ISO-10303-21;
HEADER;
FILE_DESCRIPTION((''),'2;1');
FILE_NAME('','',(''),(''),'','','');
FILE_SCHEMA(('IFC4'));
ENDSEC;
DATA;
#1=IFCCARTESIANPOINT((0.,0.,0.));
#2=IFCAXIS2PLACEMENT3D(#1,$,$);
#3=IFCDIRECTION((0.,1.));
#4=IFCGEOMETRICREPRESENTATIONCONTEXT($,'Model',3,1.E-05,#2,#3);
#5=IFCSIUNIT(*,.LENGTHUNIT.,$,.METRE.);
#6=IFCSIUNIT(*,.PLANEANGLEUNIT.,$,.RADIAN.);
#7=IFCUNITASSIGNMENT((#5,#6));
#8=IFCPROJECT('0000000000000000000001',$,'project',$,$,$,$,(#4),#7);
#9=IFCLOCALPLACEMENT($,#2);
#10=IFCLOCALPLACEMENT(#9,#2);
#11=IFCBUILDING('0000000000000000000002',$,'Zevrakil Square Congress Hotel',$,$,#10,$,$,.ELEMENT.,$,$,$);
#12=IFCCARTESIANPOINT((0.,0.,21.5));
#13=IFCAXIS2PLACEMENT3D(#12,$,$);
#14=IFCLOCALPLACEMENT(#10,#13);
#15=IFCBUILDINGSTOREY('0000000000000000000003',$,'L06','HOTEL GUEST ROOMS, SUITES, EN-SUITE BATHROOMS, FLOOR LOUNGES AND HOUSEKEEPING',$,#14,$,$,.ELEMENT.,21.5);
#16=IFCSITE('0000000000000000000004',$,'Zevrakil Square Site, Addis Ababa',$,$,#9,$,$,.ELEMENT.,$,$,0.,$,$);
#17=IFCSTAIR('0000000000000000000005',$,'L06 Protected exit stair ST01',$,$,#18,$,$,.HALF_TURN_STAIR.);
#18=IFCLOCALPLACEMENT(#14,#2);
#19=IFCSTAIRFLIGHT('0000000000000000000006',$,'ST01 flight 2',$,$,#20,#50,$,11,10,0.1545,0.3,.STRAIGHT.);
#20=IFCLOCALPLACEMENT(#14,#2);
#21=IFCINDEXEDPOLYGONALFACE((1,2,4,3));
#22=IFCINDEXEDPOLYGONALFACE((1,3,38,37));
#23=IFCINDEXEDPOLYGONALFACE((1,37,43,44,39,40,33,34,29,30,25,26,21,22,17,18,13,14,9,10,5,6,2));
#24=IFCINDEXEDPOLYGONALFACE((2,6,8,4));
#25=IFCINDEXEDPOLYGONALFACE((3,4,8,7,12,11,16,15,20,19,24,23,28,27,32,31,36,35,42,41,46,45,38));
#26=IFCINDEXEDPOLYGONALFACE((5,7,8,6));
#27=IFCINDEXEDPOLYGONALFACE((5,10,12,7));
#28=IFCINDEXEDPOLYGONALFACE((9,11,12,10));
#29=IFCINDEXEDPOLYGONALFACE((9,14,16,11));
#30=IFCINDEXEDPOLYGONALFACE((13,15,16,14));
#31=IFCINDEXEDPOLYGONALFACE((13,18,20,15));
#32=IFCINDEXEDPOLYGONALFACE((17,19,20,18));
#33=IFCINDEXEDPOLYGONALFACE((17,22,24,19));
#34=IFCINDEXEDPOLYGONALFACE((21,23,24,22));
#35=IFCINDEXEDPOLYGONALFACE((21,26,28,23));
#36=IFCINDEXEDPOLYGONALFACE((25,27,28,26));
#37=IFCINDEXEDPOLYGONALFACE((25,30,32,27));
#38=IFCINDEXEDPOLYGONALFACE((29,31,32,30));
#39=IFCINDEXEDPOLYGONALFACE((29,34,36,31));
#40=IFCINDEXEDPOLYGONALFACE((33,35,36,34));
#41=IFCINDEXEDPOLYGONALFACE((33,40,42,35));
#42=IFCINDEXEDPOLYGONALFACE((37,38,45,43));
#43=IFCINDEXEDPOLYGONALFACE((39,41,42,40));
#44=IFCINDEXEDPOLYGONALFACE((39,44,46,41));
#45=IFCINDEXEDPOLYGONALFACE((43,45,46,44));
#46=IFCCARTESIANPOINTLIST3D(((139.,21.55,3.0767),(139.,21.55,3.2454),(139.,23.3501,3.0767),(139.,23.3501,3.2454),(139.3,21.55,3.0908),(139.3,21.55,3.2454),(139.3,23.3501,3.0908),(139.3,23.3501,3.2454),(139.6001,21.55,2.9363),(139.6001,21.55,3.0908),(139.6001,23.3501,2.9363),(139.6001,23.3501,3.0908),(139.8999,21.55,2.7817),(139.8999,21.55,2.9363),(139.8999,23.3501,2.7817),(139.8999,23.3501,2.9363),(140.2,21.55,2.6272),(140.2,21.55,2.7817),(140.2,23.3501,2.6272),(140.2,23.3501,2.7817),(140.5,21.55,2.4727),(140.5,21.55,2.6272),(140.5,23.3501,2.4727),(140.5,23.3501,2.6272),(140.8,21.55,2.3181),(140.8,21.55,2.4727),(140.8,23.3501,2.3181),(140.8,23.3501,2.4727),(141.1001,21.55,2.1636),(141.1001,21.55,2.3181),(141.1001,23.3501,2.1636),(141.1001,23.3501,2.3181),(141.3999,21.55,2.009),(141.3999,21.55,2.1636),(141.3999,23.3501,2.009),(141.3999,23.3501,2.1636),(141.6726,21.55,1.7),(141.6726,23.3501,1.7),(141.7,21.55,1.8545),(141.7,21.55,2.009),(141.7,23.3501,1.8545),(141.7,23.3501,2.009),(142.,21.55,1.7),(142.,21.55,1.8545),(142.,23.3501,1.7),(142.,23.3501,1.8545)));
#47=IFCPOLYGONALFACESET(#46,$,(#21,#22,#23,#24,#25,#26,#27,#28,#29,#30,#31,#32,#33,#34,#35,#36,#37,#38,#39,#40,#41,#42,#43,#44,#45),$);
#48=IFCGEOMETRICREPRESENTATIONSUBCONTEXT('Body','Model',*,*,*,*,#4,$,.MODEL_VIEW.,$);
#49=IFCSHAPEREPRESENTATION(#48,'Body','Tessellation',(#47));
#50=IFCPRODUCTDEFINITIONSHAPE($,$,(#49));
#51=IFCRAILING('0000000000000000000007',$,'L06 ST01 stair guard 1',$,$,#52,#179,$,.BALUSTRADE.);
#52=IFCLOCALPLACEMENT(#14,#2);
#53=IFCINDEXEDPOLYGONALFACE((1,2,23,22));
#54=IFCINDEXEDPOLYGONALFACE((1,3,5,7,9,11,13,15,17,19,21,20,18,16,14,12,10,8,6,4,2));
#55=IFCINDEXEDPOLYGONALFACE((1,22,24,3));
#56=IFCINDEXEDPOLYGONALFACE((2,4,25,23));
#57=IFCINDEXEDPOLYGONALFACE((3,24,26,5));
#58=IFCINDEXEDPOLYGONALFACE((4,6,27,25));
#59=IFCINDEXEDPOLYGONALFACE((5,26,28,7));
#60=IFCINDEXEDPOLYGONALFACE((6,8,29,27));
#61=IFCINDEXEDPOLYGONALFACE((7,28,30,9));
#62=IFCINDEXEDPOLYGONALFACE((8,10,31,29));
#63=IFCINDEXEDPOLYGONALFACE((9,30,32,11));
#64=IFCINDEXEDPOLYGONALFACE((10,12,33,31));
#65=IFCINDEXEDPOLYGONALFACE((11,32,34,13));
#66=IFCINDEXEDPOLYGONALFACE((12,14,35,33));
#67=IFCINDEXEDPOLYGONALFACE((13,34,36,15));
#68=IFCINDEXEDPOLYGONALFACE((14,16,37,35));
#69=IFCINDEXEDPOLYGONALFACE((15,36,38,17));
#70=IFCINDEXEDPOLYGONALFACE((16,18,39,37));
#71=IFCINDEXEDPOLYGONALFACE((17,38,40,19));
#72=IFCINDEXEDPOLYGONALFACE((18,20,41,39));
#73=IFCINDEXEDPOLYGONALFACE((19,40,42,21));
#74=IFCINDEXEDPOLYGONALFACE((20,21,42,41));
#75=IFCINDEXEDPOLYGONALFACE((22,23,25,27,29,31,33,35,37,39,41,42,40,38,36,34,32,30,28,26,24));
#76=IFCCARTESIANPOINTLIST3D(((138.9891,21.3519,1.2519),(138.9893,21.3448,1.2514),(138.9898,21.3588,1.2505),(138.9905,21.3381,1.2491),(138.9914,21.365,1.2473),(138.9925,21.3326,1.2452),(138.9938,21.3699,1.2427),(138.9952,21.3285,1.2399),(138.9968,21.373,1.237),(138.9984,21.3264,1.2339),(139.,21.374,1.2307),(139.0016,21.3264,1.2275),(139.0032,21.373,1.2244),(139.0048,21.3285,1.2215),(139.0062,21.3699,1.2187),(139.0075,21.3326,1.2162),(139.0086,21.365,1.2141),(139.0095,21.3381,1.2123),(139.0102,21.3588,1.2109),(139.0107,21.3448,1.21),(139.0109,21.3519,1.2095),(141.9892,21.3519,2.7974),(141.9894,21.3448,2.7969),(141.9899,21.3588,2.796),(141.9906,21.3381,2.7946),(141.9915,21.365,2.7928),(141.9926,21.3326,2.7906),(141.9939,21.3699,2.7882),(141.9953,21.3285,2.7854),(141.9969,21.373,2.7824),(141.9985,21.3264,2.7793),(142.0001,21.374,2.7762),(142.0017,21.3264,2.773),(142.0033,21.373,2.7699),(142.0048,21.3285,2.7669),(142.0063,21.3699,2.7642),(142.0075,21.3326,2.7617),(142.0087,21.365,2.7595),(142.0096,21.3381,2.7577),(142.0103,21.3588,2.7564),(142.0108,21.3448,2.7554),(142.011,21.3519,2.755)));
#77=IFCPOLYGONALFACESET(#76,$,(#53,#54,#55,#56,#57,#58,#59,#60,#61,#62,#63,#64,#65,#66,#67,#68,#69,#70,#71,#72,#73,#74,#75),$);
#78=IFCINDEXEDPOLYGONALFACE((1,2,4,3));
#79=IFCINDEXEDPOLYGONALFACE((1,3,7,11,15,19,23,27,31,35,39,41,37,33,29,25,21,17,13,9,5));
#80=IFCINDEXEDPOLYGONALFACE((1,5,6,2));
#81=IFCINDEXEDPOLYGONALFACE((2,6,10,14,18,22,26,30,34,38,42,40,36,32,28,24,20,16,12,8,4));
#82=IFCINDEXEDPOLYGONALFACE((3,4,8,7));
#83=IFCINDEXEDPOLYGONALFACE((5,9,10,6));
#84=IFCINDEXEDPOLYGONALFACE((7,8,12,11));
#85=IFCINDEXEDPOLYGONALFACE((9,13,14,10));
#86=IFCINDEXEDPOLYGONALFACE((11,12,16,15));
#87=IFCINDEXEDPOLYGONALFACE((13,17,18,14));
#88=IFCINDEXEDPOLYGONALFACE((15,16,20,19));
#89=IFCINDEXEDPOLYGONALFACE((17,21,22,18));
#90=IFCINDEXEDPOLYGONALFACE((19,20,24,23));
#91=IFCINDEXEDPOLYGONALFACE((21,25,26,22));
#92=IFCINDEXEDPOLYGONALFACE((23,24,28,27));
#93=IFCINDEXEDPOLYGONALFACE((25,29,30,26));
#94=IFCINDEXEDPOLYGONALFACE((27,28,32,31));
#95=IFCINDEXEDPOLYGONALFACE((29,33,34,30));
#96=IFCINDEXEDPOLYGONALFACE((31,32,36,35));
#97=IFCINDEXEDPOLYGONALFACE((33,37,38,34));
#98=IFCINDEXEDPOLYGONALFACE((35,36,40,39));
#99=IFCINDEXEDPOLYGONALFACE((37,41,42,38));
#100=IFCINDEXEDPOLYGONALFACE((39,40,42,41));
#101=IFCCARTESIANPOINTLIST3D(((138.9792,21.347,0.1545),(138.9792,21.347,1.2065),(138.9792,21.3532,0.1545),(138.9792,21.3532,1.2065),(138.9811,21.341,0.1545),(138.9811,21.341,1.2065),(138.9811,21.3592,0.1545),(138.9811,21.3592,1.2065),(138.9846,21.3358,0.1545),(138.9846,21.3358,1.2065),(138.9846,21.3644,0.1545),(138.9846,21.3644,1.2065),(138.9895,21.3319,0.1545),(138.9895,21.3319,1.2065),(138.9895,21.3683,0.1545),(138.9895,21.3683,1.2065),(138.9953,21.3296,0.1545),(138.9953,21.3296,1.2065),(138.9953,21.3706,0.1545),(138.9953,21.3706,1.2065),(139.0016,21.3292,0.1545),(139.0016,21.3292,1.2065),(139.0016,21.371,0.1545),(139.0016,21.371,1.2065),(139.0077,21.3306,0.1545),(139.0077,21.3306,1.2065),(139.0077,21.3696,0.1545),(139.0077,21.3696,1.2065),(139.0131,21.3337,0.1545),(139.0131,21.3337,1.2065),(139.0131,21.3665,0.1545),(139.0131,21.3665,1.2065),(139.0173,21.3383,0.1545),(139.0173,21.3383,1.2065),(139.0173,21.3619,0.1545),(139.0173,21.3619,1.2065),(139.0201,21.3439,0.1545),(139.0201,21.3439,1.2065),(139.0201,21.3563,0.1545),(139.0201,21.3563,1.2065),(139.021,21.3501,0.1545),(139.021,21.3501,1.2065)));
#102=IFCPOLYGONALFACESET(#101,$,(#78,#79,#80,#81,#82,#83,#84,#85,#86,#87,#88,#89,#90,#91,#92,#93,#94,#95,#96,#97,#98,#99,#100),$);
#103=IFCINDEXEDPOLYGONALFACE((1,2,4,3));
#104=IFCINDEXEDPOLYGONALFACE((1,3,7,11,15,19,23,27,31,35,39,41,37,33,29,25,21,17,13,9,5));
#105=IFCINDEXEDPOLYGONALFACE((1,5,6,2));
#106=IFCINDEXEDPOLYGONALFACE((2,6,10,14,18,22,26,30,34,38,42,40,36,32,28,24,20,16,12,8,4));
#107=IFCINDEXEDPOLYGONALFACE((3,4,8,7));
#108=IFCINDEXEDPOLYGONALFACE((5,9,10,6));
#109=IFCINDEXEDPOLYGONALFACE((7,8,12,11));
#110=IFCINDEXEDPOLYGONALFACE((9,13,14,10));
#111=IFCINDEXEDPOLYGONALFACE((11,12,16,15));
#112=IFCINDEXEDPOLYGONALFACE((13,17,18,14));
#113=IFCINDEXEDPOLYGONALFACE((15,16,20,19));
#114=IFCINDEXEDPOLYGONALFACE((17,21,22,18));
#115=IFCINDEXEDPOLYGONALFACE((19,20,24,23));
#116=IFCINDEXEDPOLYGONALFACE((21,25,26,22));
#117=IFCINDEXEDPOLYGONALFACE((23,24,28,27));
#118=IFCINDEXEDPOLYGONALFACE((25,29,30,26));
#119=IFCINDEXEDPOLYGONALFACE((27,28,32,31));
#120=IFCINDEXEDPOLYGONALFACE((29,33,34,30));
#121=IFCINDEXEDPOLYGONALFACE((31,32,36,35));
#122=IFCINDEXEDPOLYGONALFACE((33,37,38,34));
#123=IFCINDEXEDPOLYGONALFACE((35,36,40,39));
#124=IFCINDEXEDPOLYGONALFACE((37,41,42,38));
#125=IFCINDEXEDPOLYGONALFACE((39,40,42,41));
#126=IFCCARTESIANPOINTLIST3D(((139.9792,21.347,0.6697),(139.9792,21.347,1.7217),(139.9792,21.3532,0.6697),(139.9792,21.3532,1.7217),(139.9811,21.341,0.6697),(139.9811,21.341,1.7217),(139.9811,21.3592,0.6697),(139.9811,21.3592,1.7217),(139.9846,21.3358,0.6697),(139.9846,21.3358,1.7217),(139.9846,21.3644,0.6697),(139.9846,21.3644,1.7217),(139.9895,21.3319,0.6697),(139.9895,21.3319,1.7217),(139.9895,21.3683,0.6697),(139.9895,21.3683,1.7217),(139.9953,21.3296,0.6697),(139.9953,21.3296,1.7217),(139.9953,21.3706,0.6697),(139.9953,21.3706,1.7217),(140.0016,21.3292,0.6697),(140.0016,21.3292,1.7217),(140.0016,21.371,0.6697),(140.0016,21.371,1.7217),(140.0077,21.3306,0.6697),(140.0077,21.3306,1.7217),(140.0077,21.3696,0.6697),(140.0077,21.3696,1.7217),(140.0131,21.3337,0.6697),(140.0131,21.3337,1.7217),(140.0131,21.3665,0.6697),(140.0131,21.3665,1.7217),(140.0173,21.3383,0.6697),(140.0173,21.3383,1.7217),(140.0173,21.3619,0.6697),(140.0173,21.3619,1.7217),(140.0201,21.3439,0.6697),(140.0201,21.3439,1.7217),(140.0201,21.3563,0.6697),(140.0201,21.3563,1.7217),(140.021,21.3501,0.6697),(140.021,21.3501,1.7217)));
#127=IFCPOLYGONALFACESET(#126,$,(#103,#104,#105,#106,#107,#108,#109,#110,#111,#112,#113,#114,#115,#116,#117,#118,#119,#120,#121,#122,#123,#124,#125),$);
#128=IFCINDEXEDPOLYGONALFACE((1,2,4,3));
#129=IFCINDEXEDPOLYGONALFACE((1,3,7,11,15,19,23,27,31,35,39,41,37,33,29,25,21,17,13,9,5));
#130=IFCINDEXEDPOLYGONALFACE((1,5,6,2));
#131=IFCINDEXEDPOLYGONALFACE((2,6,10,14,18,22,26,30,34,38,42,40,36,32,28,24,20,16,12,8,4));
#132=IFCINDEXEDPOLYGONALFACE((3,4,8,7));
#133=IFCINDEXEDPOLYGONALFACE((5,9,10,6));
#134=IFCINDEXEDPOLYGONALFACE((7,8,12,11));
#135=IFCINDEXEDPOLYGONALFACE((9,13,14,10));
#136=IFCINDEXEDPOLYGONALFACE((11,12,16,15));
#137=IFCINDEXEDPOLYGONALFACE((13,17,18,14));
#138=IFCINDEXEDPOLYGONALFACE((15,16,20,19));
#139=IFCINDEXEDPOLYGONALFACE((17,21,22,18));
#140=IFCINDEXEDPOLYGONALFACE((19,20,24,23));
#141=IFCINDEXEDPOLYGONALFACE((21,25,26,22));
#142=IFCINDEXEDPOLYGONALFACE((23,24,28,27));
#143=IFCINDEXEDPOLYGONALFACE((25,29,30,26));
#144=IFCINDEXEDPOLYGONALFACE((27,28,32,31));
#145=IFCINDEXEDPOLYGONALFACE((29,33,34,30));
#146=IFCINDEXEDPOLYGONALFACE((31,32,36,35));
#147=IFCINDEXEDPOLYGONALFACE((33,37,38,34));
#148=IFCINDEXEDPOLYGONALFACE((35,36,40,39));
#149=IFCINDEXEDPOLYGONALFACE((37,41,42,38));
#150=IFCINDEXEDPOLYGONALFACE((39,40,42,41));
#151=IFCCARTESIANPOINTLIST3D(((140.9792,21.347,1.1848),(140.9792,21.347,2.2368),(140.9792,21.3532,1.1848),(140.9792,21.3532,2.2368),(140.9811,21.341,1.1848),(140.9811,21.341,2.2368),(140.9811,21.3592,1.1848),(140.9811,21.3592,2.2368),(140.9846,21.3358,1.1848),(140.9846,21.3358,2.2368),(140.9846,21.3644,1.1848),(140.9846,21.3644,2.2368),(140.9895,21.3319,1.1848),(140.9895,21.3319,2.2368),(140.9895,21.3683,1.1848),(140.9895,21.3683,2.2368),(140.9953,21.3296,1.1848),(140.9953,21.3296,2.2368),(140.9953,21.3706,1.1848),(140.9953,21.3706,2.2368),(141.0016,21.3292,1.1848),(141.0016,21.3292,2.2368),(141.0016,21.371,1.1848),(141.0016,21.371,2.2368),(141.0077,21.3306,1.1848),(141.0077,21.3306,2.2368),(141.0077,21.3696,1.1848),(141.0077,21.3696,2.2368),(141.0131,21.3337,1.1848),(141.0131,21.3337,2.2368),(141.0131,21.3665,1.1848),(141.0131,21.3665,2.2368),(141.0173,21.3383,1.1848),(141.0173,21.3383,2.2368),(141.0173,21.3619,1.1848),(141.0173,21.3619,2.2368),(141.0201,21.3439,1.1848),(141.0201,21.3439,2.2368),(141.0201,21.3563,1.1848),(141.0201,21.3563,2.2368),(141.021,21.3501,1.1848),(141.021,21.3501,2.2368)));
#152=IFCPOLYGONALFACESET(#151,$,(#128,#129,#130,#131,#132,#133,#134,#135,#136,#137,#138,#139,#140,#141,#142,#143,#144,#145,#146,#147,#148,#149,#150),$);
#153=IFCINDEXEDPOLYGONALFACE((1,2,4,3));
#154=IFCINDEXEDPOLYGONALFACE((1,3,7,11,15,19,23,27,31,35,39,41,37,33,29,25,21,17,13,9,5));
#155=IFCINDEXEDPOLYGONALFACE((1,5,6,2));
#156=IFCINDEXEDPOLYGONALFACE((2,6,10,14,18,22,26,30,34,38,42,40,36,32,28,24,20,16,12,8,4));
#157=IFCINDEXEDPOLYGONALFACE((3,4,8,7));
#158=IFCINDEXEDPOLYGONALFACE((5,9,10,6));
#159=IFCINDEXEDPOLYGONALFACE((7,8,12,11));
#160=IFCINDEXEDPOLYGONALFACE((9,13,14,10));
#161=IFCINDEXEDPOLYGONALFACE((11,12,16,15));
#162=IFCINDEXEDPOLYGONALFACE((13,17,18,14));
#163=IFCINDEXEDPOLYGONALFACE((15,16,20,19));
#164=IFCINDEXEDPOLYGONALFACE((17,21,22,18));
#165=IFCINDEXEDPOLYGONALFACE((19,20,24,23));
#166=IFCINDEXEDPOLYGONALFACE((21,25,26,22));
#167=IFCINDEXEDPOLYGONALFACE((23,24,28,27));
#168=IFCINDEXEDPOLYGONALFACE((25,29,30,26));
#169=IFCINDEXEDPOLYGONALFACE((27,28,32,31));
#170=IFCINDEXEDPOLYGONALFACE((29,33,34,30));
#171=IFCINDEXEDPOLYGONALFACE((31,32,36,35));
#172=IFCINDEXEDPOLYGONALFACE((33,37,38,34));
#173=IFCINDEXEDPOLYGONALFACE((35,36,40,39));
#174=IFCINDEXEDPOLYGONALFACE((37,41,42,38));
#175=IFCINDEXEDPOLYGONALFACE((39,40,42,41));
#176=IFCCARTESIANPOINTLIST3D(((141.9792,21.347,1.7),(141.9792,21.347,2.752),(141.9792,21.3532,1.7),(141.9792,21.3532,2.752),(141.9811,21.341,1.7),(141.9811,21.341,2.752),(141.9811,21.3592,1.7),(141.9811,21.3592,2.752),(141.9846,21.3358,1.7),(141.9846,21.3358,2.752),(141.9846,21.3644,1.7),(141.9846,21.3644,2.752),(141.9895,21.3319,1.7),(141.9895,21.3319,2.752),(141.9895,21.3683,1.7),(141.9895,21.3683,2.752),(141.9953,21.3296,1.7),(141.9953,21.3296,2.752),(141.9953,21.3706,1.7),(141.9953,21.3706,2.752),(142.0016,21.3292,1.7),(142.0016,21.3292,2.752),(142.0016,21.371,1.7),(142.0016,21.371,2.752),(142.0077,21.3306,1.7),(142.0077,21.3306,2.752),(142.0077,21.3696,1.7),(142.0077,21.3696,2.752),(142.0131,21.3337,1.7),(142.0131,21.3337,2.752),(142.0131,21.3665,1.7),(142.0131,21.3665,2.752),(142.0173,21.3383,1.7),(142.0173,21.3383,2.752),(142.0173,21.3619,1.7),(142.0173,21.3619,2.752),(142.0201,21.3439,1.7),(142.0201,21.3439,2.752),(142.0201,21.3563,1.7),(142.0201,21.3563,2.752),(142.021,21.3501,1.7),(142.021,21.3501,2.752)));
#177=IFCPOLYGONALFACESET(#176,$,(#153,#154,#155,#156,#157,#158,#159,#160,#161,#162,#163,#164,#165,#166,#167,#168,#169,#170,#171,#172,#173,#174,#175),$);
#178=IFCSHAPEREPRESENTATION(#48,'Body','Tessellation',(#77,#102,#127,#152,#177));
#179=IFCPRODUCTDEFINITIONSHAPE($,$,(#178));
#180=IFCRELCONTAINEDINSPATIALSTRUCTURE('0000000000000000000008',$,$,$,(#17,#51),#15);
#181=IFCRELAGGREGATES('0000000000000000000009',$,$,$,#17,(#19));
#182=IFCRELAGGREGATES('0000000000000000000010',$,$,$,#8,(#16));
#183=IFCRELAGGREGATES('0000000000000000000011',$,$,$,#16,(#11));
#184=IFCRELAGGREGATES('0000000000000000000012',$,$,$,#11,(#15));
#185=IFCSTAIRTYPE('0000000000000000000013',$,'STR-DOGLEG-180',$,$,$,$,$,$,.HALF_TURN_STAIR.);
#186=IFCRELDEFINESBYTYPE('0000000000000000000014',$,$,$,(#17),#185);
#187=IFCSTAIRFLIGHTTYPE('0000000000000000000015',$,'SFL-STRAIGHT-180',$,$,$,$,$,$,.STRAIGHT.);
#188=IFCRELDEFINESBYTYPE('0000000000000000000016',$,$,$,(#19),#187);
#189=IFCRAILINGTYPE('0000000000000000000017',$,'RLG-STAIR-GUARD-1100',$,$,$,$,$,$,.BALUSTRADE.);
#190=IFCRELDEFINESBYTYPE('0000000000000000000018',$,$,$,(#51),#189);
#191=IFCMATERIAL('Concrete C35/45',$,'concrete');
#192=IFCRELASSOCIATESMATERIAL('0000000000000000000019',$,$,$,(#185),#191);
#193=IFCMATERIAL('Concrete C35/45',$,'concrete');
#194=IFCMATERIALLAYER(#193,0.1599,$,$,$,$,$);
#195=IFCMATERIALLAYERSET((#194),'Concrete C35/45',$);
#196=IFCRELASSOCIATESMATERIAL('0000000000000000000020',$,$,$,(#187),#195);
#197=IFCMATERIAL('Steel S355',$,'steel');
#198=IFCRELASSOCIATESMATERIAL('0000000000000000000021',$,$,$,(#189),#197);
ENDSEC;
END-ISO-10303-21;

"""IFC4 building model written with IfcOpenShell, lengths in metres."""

from ifc_helpers import new_model, si_unit, direction, frame, origin, origin_2d, place, context, subcontext, project, spatial, polyline, circle, outline, extrude, material, layer, layer_set, type_object, element, aggregate, save


model = new_model("IFC4")

# Units and contexts
model_context = context("Model", 3, precision=1e-05, world=origin(), true_north=direction((0.0, 1.0)))
body_context = subcontext(model_context, "Body", "Model", "MODEL_VIEW")
ifc_project = project(units=[si_unit("LENGTHUNIT", "METRE"), si_unit("PLANEANGLEUNIT", "RADIAN")], contexts=[model_context])

# Site, building, storey
site_placement = place(None, origin())
site = spatial("IfcSite", under=ifc_project, at=site_placement, Name="Zevrakil Square Site, Addis Ababa", CompositionType="ELEMENT", RefElevation=0.0)
building_placement = place(site_placement, origin())
building = spatial("IfcBuilding", under=site, at=building_placement, Name="Zevrakil Square Congress Hotel", CompositionType="ELEMENT")
storey_placement = place(building_placement, frame((0.0, 0.0, 21.5)))
storey = spatial("IfcBuildingStorey", under=building, at=storey_placement, Name="L06", Description="HOTEL GUEST ROOMS, SUITES, EN-SUITE BATHROOMS, FLOOR LOUNGES AND HOUSEKEEPING", CompositionType="ELEMENT", Elevation=21.5)

# Stair, stair flight
ifc_material_1 = material(Name="Concrete C35/45", Category="concrete")
stair_type = type_object("IfcStairType", Name="STR-DOGLEG-180", PredefinedType="HALF_TURN_STAIR", material=ifc_material_1)
stair_placement = place(storey_placement, origin())
stair = element("IfcStair", 1, at=stair_placement, inside=storey, type_object=stair_type, Name="L06 Protected exit stair ST01", PredefinedType="HALF_TURN_STAIR")
ifc_material_2 = material(Name="Concrete C35/45", Category="concrete")
ifc_layer_1 = layer(ifc_material_2, 0.1599)
ifc_layer_set_1 = layer_set([ifc_layer_1], Name="Concrete C35/45")
stair_flight_type = type_object("IfcStairFlightType", Name="SFL-STRAIGHT-180", PredefinedType="STRAIGHT", material=ifc_layer_set_1)
stair_flight_1_placement = place(storey_placement, frame((142.0, 22.45, 1.7), z_axis=(0.0, 0.0, 1.0), x_axis=(-1.0, 0.0, 0.0)))
stair_flight_1 = element("IfcStairFlight", 2, at=stair_flight_1_placement, type_object=stair_flight_type, Name="ST01 flight 2", NumberOfRisers=11, NumberOfTreads=10, PredefinedType="STRAIGHT", RiserHeight=0.1545, TreadLength=0.3, context=body_context, shape_type="SweptSolid", body=[
    extrude(outline(polyline([(0.0, 0.0), (0.0, 0.1545), (0.3, 0.1545), (0.3, 0.3091), (0.6001, 0.3091), (0.6001, 0.4636), (0.8999, 0.4636), (0.8999, 0.6182), (1.2, 0.6182), (1.2, 0.7727), (1.5, 0.7727), (1.5, 0.9272), (1.8, 0.9272), (1.8, 1.0818), (2.1001, 1.0818), (2.1001, 1.2363), (2.3999, 1.2363), (2.3999, 1.3909), (2.7, 1.3909), (2.7, 1.5454), (3.0, 1.5454), (3.0, 1.7), (3.0, 1.3767), (0.3274, 0.0), (0.0, 0.0)])), frame((0.0, 0.8999, 0.0), z_axis=(0.0, -1.0, 0.0), x_axis=(1.0, 0.0, 0.0)), (0.0, 0.0, 1.0), 1.8),
])
aggregate(stair, [stair_flight_1])

# Railing
ifc_material_3 = material(Name="Steel S355", Category="steel")
railing_type_1 = type_object("IfcRailingType", Name="RLG-STAIR-GUARD-1100", PredefinedType="BALUSTRADE", material=ifc_material_3)
railing_1_placement = place(storey_placement, frame((139.0, 21.3501, 0.1545)))
element("IfcRailing", 3, at=railing_1_placement, inside=storey, type_object=railing_type_1, Name="L06 ST01 stair guard 1", PredefinedType="BALUSTRADE", context=body_context, shape_type="SweptSolid", body=[
    extrude(circle(Radius=0.0239, at=origin_2d()), frame((0.0, 0.0, 1.0762), z_axis=(0.88898, 0.0, 0.457946), x_axis=(0.0, 1.0, 0.0)), (0.0, 0.0, 1.0), 3.3748),
    extrude(circle(Radius=0.021, at=origin_2d()), origin(), (0.0, 0.0, 1.0), 1.052),
    extrude(circle(Radius=0.021, at=origin_2d()), frame((1.0, 0.0, 0.5151)), (0.0, 0.0, 1.0), 1.052),
    extrude(circle(Radius=0.021, at=origin_2d()), frame((2.0, 0.0, 1.0303)), (0.0, 0.0, 1.0), 1.052),
    extrude(circle(Radius=0.021, at=origin_2d()), frame((3.0, 0.0, 1.5454)), (0.0, 0.0, 1.0), 1.052),
])

save(model, "model.ifc")
